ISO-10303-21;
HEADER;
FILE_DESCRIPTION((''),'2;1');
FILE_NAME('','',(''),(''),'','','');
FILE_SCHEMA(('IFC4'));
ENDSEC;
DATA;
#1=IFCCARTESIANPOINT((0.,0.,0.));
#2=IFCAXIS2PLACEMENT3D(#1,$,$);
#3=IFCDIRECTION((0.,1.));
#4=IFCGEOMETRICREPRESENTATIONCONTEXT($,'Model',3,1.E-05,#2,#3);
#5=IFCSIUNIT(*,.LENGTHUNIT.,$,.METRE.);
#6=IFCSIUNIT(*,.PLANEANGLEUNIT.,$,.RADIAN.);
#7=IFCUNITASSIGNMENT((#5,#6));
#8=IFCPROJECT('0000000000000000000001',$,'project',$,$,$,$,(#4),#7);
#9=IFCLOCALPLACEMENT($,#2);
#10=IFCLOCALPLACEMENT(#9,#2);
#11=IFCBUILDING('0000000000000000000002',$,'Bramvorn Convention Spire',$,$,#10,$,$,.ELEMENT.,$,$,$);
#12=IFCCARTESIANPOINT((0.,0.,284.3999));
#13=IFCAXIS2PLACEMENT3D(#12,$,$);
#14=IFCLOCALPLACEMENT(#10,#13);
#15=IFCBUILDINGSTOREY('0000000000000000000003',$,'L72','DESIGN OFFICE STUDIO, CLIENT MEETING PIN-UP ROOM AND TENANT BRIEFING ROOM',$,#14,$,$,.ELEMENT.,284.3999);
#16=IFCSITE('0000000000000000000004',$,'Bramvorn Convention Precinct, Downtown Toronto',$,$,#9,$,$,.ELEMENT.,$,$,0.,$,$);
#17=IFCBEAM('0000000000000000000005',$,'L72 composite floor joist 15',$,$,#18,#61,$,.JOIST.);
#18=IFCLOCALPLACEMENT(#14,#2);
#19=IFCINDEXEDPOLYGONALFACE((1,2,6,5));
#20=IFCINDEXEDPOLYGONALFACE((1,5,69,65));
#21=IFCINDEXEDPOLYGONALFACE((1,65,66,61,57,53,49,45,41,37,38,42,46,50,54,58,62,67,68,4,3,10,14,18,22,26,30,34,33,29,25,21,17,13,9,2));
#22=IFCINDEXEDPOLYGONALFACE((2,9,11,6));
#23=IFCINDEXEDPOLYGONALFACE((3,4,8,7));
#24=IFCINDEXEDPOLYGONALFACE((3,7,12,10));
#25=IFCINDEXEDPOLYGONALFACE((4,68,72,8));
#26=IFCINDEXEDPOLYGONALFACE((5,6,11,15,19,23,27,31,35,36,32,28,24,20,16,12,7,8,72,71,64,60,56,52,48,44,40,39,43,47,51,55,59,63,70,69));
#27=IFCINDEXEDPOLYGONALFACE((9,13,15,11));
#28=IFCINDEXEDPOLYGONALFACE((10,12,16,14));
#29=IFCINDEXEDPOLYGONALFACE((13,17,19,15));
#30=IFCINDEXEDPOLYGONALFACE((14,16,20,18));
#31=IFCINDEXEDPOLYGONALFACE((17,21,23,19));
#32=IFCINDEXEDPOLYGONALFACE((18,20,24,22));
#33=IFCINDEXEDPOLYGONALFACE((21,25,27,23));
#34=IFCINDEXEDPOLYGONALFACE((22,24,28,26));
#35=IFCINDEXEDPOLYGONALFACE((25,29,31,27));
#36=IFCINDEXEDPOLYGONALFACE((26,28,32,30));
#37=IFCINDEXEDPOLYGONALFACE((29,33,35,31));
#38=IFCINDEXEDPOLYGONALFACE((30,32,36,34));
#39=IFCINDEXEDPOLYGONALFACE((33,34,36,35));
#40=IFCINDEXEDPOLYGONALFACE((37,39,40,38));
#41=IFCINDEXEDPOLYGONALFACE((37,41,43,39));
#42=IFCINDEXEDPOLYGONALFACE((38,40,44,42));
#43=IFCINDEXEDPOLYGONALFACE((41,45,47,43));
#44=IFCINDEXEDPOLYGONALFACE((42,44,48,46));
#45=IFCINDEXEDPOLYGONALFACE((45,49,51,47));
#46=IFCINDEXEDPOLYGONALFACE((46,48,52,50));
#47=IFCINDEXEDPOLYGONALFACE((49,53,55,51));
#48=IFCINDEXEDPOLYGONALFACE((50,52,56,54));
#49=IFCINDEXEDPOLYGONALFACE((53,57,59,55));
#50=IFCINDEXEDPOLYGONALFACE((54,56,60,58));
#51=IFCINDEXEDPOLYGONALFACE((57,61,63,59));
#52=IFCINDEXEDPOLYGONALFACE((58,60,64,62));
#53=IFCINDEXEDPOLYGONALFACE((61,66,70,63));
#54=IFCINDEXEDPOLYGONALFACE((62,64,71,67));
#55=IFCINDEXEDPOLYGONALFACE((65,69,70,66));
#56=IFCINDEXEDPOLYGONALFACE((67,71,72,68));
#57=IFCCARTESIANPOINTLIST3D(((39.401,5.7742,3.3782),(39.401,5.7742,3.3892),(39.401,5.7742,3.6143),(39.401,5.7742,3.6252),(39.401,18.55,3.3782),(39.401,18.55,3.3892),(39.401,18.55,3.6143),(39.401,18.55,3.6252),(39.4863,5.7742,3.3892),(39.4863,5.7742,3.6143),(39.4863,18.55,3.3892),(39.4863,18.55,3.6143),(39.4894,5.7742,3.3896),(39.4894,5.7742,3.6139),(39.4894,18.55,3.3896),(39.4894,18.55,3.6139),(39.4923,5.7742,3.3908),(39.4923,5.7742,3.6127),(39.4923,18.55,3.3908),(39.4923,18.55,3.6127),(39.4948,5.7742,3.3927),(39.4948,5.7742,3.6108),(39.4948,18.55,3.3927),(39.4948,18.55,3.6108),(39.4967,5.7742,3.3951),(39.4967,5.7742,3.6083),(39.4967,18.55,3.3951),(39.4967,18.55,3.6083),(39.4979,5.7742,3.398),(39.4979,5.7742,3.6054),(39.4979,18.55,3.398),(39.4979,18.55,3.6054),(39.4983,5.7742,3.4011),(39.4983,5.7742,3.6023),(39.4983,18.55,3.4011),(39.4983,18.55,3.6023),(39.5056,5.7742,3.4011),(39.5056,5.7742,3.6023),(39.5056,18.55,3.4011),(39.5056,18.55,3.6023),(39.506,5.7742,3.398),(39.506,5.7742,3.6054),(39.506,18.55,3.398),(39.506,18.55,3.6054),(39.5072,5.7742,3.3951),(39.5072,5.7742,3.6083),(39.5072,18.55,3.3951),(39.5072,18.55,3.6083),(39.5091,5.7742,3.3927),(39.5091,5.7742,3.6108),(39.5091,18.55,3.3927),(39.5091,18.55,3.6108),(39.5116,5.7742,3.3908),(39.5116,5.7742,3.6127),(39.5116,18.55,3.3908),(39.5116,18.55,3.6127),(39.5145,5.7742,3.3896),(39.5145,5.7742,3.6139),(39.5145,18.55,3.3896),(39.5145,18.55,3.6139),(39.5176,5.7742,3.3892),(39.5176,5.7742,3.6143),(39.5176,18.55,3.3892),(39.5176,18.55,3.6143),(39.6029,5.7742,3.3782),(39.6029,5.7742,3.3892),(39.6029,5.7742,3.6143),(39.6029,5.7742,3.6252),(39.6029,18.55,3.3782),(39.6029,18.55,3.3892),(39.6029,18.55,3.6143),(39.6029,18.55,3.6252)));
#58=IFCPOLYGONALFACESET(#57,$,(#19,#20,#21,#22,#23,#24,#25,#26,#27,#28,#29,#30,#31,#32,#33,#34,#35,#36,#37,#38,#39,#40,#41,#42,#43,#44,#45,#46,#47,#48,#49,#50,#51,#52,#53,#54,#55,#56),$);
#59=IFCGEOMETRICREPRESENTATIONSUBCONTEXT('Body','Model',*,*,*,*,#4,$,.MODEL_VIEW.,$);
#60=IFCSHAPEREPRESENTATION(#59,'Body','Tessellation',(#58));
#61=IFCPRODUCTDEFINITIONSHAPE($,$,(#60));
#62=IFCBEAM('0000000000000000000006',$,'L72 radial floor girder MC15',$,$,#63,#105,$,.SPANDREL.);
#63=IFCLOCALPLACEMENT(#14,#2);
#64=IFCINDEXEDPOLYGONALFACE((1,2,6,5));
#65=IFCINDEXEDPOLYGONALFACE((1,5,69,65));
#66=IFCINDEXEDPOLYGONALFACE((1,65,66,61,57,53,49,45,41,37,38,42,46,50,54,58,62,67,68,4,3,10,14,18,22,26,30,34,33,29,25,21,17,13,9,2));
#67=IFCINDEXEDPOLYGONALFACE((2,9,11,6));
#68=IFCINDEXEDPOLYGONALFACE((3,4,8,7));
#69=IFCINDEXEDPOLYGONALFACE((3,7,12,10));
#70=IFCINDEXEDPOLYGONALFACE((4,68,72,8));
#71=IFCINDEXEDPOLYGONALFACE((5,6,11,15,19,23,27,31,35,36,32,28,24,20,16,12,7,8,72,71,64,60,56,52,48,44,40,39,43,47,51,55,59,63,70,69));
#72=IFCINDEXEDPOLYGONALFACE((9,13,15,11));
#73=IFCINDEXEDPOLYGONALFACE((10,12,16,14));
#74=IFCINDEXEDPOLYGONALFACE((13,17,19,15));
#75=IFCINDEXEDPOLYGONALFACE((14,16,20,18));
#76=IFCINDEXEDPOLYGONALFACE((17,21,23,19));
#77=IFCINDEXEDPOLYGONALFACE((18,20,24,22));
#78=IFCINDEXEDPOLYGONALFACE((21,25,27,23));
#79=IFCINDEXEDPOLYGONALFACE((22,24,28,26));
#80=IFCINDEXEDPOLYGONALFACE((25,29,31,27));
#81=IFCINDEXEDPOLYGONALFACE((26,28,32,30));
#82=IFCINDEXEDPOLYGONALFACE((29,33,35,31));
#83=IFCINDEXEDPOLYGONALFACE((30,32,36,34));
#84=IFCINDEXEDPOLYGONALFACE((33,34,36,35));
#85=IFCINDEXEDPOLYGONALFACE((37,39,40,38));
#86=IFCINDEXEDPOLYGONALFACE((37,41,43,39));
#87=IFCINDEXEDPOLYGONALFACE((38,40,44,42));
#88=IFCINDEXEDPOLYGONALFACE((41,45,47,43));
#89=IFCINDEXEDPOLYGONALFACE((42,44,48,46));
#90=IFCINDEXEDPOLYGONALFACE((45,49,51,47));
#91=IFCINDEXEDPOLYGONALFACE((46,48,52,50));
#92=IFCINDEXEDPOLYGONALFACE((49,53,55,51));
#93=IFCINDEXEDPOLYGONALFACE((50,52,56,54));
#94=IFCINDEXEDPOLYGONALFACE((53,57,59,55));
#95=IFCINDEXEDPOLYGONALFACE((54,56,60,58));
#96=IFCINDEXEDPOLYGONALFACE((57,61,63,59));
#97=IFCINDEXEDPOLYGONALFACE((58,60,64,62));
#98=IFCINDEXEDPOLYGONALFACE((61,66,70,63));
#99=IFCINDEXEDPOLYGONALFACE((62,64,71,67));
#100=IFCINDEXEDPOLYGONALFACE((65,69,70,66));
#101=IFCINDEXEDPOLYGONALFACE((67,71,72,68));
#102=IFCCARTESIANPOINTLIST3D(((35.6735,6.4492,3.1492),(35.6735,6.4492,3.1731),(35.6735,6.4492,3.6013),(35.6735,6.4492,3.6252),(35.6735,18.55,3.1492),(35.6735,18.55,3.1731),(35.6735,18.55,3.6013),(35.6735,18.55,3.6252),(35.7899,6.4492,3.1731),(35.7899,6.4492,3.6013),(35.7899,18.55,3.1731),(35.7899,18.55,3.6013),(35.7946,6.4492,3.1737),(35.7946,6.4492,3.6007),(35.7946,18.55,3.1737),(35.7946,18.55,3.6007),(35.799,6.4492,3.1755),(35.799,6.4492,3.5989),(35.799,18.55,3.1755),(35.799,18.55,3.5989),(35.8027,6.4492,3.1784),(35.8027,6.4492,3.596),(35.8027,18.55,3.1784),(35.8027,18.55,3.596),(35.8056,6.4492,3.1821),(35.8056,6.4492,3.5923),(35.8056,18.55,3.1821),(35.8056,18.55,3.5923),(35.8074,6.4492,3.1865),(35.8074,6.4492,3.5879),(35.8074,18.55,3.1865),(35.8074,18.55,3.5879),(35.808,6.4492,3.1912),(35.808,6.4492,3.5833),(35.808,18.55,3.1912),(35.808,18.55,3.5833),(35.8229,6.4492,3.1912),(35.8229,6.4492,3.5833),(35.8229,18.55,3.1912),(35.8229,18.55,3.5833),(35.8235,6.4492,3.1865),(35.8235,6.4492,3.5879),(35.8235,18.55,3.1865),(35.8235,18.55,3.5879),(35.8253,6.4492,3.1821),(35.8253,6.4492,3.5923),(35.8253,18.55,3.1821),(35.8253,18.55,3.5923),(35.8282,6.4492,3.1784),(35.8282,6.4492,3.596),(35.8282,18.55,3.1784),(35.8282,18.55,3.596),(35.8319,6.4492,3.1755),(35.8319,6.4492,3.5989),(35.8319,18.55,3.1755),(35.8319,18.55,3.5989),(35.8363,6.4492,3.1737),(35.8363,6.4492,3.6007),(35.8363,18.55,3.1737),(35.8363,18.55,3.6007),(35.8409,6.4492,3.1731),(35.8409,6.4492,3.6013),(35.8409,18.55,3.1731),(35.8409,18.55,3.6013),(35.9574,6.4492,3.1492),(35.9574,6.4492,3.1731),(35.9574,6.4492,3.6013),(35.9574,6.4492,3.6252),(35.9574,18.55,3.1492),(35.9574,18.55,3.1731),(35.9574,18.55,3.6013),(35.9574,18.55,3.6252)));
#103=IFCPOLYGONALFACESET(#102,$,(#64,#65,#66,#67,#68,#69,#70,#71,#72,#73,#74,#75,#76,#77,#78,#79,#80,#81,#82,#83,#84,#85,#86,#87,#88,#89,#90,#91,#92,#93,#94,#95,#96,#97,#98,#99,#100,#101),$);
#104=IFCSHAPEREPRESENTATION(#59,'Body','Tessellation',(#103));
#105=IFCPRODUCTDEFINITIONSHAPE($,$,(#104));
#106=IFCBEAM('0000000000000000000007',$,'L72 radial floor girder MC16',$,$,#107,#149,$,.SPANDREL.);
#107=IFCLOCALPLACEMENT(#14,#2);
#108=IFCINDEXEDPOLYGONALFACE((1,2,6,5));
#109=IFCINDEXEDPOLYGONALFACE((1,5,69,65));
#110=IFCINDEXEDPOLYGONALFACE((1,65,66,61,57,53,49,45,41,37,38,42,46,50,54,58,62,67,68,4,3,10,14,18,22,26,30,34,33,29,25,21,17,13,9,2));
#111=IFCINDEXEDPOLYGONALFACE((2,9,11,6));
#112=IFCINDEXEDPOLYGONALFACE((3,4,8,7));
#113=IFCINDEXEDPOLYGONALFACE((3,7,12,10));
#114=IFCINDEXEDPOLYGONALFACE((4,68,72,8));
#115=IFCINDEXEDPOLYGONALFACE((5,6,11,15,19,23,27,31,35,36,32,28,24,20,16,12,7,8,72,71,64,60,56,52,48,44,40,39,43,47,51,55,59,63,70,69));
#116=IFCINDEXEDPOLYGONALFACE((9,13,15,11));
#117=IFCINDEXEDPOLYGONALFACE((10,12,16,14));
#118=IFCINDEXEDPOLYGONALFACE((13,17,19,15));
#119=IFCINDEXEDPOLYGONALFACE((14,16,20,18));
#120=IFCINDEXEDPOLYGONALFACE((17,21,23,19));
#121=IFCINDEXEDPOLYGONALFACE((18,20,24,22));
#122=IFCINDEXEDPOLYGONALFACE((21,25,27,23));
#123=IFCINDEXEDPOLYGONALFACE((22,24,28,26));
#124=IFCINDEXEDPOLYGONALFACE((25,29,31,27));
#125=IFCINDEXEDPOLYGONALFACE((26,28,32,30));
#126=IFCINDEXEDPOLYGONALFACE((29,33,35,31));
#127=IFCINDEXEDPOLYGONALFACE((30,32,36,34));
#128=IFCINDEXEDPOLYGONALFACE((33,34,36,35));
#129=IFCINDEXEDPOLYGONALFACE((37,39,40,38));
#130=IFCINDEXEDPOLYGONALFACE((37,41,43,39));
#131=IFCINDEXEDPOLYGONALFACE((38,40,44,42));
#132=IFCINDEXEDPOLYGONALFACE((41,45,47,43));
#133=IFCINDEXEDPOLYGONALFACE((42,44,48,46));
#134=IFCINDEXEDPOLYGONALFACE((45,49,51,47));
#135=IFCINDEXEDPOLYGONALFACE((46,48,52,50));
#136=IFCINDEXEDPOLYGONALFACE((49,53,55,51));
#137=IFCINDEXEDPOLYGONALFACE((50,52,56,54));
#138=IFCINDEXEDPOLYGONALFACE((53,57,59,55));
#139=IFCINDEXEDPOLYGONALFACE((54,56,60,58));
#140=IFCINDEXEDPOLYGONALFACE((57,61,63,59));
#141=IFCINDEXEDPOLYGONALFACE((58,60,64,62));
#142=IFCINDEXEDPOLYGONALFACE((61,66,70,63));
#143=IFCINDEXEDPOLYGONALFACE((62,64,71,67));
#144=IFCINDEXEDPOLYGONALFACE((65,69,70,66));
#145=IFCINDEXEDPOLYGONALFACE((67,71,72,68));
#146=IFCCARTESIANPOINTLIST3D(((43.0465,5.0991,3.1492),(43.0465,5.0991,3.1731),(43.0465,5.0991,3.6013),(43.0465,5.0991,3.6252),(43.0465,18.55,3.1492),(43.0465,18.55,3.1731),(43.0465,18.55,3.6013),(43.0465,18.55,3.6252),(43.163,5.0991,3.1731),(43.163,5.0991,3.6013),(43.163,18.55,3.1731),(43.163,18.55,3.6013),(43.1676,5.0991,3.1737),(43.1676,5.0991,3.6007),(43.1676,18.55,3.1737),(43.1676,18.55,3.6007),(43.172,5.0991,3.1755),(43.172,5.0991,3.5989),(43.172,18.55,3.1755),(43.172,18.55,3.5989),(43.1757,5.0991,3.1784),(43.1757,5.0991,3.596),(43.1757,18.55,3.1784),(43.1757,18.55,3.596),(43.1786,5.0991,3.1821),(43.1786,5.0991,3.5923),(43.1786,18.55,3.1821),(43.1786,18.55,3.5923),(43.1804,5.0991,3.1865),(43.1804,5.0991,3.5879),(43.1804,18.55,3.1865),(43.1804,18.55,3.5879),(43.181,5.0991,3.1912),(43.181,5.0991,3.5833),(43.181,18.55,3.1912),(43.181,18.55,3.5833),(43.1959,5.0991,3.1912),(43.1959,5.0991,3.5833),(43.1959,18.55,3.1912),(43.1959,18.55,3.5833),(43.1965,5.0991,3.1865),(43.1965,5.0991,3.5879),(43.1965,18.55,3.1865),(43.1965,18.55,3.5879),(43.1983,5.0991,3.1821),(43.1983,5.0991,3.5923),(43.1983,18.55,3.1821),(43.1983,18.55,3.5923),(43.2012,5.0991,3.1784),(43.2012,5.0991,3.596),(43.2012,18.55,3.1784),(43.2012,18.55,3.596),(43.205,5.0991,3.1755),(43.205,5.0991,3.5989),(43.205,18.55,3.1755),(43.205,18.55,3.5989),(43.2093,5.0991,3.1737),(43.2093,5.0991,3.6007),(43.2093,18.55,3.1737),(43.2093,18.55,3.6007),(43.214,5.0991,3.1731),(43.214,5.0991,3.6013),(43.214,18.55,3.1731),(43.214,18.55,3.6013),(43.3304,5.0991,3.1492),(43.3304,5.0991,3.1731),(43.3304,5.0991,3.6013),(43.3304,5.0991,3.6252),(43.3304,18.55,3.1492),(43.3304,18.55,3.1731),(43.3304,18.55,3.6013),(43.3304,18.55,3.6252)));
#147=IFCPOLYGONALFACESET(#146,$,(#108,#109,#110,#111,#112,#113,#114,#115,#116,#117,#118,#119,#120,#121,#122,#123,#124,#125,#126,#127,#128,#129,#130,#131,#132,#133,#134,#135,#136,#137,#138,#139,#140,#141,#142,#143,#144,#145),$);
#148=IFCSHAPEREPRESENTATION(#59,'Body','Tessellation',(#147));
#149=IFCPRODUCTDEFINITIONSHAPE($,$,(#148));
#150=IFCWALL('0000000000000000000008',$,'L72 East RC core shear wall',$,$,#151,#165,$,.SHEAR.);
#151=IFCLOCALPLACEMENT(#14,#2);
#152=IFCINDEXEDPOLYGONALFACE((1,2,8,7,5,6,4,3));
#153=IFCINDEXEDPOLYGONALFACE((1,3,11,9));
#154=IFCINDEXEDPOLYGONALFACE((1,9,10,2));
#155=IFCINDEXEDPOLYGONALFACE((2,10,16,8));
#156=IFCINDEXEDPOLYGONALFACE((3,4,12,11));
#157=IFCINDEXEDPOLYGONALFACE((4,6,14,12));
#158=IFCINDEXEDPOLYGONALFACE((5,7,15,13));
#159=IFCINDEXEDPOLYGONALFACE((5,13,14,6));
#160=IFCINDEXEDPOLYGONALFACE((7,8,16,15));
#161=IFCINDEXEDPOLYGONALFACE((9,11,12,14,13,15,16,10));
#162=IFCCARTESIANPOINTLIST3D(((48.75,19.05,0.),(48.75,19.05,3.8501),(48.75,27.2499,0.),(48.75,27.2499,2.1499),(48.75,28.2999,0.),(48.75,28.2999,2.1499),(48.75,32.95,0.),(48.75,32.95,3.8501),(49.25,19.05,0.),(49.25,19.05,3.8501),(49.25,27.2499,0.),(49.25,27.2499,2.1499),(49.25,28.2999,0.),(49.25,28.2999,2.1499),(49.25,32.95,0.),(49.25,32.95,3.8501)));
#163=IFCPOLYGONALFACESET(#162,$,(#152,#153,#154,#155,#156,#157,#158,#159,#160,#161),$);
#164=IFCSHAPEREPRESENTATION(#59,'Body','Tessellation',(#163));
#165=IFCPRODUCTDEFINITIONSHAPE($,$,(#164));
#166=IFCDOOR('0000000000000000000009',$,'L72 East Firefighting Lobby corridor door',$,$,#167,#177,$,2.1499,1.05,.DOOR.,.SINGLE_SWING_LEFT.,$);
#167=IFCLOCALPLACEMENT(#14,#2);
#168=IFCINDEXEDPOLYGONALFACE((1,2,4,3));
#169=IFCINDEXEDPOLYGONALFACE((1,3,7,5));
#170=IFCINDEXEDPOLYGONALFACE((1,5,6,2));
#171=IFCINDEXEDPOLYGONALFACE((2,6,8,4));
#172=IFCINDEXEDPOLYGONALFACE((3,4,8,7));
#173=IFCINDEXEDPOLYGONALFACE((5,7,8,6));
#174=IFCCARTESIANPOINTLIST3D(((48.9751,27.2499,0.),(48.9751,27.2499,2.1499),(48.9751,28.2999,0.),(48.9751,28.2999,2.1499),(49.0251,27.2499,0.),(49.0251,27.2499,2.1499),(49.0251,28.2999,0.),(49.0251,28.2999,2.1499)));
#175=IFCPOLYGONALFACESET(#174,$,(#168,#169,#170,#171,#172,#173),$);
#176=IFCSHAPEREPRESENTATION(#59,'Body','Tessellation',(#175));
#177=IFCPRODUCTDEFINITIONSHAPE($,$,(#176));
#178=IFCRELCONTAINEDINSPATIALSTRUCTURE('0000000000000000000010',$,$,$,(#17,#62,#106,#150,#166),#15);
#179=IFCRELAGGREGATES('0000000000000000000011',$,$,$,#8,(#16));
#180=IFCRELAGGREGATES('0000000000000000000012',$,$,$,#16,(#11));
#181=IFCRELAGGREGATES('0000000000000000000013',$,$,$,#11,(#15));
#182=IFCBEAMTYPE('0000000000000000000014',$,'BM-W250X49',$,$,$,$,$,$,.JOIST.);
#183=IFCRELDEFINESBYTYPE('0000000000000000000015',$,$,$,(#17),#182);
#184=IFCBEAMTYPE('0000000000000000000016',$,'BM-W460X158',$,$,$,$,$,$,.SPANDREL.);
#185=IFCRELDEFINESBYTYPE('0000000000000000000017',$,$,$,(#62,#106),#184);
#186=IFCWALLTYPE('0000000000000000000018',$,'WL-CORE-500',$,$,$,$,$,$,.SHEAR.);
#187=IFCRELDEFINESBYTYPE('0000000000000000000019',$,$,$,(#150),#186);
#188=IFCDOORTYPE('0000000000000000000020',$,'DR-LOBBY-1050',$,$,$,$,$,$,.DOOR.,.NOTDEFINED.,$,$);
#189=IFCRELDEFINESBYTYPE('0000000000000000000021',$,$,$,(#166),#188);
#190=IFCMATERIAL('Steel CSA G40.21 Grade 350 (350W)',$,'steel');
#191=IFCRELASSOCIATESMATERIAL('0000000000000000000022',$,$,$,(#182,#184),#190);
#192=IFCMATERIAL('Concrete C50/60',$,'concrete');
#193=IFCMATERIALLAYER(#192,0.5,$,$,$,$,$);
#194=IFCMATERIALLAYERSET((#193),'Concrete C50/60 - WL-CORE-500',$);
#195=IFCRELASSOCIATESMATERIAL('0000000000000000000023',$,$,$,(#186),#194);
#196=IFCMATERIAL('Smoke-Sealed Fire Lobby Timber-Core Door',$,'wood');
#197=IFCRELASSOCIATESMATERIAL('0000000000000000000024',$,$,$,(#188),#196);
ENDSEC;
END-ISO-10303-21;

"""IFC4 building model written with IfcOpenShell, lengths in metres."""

from ifc_helpers import new_model, si_unit, direction, frame, frame_2d, origin, origin_2d, place, context, subcontext, project, spatial, rectangle, i_section, extrude, material, layer, layer_set, material_profile, profile_set, type_object, element, fill, save


model = new_model("IFC4")

# Units and contexts
model_context = context("Model", 3, precision=1e-05, world=origin(), true_north=direction((0.0, 1.0)))
body_context = subcontext(model_context, "Body", "Model", "MODEL_VIEW")
ifc_project = project(units=[si_unit("LENGTHUNIT", "METRE"), si_unit("PLANEANGLEUNIT", "RADIAN")], contexts=[model_context])

# Site, building, storey
site_placement = place(None, origin())
site = spatial("IfcSite", under=ifc_project, at=site_placement, Name="Bramvorn Convention Precinct, Downtown Toronto", CompositionType="ELEMENT", RefElevation=0.0)
building_placement = place(site_placement, origin())
building = spatial("IfcBuilding", under=site, at=building_placement, Name="Bramvorn Convention Spire", CompositionType="ELEMENT")
storey_placement = place(building_placement, frame((0.0, 0.0, 284.3999)))
storey = spatial("IfcBuildingStorey", under=building, at=storey_placement, Name="L72", Description="DESIGN OFFICE STUDIO, CLIENT MEETING PIN-UP ROOM AND TENANT BRIEFING ROOM", CompositionType="ELEMENT", Elevation=284.3999)

# Beams
ifc_material_1 = material(Name="Steel CSA G40.21 Grade 350 (350W)", Category="steel")
ifc_material_profile_1 = material_profile(ifc_material_1, i_section(OverallWidth=0.2019, OverallDepth=0.2471, WebThickness=0.0073, FlangeThickness=0.011, FilletRadius=0.012, at=origin_2d()))
ifc_profile_set_1 = profile_set([ifc_material_profile_1], Name="Steel CSA G40.21 Grade 350 (350W) - W250X49")
beam_type_1 = type_object("IfcBeamType", Name="BM-W250X49", PredefinedType="JOIST", material=ifc_profile_set_1)
beam_1_placement = place(storey_placement, frame((39.502, 18.55, 3.5017), z_axis=(0.0, -1.0, 0.0), x_axis=(1.0, 0.0, 0.0)))
element("IfcBeam", 1, at=beam_1_placement, inside=storey, type_object=beam_type_1, Name="L72 composite floor joist 15", PredefinedType="JOIST", context=body_context, shape_type="SweptSolid", body=[
    extrude(i_section(OverallWidth=0.2019, OverallDepth=0.2471, WebThickness=0.0073, FlangeThickness=0.011, FilletRadius=0.012, at=origin_2d()), origin(), (0.0, 0.0, 1.0), 12.7759),
])
ifc_material_profile_2 = material_profile(ifc_material_1, i_section(OverallWidth=0.2839, OverallDepth=0.4761, WebThickness=0.0149, FlangeThickness=0.0239, FilletRadius=0.0181, at=origin_2d()))
ifc_profile_set_2 = profile_set([ifc_material_profile_2], Name="Steel CSA G40.21 Grade 350 (350W) - W460X158")
beam_type_2 = type_object("IfcBeamType", Name="BM-W460X158", PredefinedType="SPANDREL", material=ifc_profile_set_2)
beam_2_placement = place(storey_placement, frame((35.8154, 18.55, 3.3872), z_axis=(0.0, -1.0, 0.0), x_axis=(1.0, 0.0, 0.0)))
element("IfcBeam", 2, at=beam_2_placement, inside=storey, type_object=beam_type_2, Name="L72 radial floor girder MC15", PredefinedType="SPANDREL", context=body_context, shape_type="SweptSolid", body=[
    extrude(i_section(OverallWidth=0.2839, OverallDepth=0.4761, WebThickness=0.0149, FlangeThickness=0.0239, FilletRadius=0.0181, at=origin_2d()), origin(), (0.0, 0.0, 1.0), 12.1008),
])
beam_3_placement = place(storey_placement, frame((43.1885, 18.55, 3.3872), z_axis=(0.0, -1.0, 0.0), x_axis=(1.0, 0.0, 0.0)))
element("IfcBeam", 3, at=beam_3_placement, inside=storey, type_object=beam_type_2, Name="L72 radial floor girder MC16", PredefinedType="SPANDREL", context=body_context, shape_type="SweptSolid", body=[
    extrude(i_section(OverallWidth=0.2839, OverallDepth=0.4761, WebThickness=0.0149, FlangeThickness=0.0239, FilletRadius=0.0181, at=origin_2d()), origin(), (0.0, 0.0, 1.0), 13.4509),
])

# Wall, opening, door
ifc_material_2 = material(Name="Concrete C50/60", Category="concrete")
ifc_layer_1 = layer(ifc_material_2, 0.5)
ifc_layer_set_1 = layer_set([ifc_layer_1], Name="Concrete C50/60 - WL-CORE-500")
wall_type_1 = type_object("IfcWallType", Name="WL-CORE-500", PredefinedType="SHEAR", material=ifc_layer_set_1)
wall_1_placement = place(storey_placement, frame((49.0, 19.05, 0.0), z_axis=(0.0, 0.0, 1.0), x_axis=(0.0, 1.0, 0.0)))
wall_1 = element("IfcWall", 4, at=wall_1_placement, inside=storey, type_object=wall_type_1, Name="L72 East RC core shear wall", PredefinedType="SHEAR", context=body_context, shape_type="SweptSolid", body=[
    extrude(rectangle(XDim=13.8999, YDim=0.5, at=frame_2d((6.95, 0.0))), origin(), (0.0, 0.0, 1.0), 3.8501),
])
opening_1_placement = place(wall_1_placement, frame((8.2, 0.0, 0.0)))
opening_1 = element("IfcOpeningElement", 5, at=opening_1_placement, cuts=wall_1, PredefinedType="OPENING", context=body_context, shape_type="SweptSolid", body=[
    extrude(rectangle(XDim=1.05, YDim=2.1499, at=frame_2d((0.5249, 1.075))), frame((0.0, 0.26, 0.0), z_axis=(0.0, -1.0, 0.0), x_axis=(1.0, 0.0, 0.0)), (0.0, 0.0, 1.0), 0.52),
])
ifc_material_3 = material(Name="Smoke-Sealed Fire Lobby Timber-Core Door", Category="wood")
door_type_1 = type_object("IfcDoorType", Name="DR-LOBBY-1050", OperationType="NOTDEFINED", PredefinedType="DOOR", material=ifc_material_3)
door_1_placement = place(opening_1_placement, origin())
door_1 = element("IfcDoor", 6, at=door_1_placement, inside=storey, type_object=door_type_1, Name="L72 East Firefighting Lobby corridor door", OperationType="SINGLE_SWING_LEFT", OverallHeight=2.1499, OverallWidth=1.05, PredefinedType="DOOR", context=body_context, shape_type="SweptSolid", body=[
    extrude(rectangle(XDim=1.05, YDim=2.1499, at=frame_2d((0.5249, 1.075))), frame((0.0, 0.0249, 0.0), z_axis=(0.0, -1.0, 0.0), x_axis=(1.0, 0.0, 0.0)), (0.0, 0.0, 1.0), 0.05),
])
fill(opening_1, door_1)

save(model, "model.ifc")
